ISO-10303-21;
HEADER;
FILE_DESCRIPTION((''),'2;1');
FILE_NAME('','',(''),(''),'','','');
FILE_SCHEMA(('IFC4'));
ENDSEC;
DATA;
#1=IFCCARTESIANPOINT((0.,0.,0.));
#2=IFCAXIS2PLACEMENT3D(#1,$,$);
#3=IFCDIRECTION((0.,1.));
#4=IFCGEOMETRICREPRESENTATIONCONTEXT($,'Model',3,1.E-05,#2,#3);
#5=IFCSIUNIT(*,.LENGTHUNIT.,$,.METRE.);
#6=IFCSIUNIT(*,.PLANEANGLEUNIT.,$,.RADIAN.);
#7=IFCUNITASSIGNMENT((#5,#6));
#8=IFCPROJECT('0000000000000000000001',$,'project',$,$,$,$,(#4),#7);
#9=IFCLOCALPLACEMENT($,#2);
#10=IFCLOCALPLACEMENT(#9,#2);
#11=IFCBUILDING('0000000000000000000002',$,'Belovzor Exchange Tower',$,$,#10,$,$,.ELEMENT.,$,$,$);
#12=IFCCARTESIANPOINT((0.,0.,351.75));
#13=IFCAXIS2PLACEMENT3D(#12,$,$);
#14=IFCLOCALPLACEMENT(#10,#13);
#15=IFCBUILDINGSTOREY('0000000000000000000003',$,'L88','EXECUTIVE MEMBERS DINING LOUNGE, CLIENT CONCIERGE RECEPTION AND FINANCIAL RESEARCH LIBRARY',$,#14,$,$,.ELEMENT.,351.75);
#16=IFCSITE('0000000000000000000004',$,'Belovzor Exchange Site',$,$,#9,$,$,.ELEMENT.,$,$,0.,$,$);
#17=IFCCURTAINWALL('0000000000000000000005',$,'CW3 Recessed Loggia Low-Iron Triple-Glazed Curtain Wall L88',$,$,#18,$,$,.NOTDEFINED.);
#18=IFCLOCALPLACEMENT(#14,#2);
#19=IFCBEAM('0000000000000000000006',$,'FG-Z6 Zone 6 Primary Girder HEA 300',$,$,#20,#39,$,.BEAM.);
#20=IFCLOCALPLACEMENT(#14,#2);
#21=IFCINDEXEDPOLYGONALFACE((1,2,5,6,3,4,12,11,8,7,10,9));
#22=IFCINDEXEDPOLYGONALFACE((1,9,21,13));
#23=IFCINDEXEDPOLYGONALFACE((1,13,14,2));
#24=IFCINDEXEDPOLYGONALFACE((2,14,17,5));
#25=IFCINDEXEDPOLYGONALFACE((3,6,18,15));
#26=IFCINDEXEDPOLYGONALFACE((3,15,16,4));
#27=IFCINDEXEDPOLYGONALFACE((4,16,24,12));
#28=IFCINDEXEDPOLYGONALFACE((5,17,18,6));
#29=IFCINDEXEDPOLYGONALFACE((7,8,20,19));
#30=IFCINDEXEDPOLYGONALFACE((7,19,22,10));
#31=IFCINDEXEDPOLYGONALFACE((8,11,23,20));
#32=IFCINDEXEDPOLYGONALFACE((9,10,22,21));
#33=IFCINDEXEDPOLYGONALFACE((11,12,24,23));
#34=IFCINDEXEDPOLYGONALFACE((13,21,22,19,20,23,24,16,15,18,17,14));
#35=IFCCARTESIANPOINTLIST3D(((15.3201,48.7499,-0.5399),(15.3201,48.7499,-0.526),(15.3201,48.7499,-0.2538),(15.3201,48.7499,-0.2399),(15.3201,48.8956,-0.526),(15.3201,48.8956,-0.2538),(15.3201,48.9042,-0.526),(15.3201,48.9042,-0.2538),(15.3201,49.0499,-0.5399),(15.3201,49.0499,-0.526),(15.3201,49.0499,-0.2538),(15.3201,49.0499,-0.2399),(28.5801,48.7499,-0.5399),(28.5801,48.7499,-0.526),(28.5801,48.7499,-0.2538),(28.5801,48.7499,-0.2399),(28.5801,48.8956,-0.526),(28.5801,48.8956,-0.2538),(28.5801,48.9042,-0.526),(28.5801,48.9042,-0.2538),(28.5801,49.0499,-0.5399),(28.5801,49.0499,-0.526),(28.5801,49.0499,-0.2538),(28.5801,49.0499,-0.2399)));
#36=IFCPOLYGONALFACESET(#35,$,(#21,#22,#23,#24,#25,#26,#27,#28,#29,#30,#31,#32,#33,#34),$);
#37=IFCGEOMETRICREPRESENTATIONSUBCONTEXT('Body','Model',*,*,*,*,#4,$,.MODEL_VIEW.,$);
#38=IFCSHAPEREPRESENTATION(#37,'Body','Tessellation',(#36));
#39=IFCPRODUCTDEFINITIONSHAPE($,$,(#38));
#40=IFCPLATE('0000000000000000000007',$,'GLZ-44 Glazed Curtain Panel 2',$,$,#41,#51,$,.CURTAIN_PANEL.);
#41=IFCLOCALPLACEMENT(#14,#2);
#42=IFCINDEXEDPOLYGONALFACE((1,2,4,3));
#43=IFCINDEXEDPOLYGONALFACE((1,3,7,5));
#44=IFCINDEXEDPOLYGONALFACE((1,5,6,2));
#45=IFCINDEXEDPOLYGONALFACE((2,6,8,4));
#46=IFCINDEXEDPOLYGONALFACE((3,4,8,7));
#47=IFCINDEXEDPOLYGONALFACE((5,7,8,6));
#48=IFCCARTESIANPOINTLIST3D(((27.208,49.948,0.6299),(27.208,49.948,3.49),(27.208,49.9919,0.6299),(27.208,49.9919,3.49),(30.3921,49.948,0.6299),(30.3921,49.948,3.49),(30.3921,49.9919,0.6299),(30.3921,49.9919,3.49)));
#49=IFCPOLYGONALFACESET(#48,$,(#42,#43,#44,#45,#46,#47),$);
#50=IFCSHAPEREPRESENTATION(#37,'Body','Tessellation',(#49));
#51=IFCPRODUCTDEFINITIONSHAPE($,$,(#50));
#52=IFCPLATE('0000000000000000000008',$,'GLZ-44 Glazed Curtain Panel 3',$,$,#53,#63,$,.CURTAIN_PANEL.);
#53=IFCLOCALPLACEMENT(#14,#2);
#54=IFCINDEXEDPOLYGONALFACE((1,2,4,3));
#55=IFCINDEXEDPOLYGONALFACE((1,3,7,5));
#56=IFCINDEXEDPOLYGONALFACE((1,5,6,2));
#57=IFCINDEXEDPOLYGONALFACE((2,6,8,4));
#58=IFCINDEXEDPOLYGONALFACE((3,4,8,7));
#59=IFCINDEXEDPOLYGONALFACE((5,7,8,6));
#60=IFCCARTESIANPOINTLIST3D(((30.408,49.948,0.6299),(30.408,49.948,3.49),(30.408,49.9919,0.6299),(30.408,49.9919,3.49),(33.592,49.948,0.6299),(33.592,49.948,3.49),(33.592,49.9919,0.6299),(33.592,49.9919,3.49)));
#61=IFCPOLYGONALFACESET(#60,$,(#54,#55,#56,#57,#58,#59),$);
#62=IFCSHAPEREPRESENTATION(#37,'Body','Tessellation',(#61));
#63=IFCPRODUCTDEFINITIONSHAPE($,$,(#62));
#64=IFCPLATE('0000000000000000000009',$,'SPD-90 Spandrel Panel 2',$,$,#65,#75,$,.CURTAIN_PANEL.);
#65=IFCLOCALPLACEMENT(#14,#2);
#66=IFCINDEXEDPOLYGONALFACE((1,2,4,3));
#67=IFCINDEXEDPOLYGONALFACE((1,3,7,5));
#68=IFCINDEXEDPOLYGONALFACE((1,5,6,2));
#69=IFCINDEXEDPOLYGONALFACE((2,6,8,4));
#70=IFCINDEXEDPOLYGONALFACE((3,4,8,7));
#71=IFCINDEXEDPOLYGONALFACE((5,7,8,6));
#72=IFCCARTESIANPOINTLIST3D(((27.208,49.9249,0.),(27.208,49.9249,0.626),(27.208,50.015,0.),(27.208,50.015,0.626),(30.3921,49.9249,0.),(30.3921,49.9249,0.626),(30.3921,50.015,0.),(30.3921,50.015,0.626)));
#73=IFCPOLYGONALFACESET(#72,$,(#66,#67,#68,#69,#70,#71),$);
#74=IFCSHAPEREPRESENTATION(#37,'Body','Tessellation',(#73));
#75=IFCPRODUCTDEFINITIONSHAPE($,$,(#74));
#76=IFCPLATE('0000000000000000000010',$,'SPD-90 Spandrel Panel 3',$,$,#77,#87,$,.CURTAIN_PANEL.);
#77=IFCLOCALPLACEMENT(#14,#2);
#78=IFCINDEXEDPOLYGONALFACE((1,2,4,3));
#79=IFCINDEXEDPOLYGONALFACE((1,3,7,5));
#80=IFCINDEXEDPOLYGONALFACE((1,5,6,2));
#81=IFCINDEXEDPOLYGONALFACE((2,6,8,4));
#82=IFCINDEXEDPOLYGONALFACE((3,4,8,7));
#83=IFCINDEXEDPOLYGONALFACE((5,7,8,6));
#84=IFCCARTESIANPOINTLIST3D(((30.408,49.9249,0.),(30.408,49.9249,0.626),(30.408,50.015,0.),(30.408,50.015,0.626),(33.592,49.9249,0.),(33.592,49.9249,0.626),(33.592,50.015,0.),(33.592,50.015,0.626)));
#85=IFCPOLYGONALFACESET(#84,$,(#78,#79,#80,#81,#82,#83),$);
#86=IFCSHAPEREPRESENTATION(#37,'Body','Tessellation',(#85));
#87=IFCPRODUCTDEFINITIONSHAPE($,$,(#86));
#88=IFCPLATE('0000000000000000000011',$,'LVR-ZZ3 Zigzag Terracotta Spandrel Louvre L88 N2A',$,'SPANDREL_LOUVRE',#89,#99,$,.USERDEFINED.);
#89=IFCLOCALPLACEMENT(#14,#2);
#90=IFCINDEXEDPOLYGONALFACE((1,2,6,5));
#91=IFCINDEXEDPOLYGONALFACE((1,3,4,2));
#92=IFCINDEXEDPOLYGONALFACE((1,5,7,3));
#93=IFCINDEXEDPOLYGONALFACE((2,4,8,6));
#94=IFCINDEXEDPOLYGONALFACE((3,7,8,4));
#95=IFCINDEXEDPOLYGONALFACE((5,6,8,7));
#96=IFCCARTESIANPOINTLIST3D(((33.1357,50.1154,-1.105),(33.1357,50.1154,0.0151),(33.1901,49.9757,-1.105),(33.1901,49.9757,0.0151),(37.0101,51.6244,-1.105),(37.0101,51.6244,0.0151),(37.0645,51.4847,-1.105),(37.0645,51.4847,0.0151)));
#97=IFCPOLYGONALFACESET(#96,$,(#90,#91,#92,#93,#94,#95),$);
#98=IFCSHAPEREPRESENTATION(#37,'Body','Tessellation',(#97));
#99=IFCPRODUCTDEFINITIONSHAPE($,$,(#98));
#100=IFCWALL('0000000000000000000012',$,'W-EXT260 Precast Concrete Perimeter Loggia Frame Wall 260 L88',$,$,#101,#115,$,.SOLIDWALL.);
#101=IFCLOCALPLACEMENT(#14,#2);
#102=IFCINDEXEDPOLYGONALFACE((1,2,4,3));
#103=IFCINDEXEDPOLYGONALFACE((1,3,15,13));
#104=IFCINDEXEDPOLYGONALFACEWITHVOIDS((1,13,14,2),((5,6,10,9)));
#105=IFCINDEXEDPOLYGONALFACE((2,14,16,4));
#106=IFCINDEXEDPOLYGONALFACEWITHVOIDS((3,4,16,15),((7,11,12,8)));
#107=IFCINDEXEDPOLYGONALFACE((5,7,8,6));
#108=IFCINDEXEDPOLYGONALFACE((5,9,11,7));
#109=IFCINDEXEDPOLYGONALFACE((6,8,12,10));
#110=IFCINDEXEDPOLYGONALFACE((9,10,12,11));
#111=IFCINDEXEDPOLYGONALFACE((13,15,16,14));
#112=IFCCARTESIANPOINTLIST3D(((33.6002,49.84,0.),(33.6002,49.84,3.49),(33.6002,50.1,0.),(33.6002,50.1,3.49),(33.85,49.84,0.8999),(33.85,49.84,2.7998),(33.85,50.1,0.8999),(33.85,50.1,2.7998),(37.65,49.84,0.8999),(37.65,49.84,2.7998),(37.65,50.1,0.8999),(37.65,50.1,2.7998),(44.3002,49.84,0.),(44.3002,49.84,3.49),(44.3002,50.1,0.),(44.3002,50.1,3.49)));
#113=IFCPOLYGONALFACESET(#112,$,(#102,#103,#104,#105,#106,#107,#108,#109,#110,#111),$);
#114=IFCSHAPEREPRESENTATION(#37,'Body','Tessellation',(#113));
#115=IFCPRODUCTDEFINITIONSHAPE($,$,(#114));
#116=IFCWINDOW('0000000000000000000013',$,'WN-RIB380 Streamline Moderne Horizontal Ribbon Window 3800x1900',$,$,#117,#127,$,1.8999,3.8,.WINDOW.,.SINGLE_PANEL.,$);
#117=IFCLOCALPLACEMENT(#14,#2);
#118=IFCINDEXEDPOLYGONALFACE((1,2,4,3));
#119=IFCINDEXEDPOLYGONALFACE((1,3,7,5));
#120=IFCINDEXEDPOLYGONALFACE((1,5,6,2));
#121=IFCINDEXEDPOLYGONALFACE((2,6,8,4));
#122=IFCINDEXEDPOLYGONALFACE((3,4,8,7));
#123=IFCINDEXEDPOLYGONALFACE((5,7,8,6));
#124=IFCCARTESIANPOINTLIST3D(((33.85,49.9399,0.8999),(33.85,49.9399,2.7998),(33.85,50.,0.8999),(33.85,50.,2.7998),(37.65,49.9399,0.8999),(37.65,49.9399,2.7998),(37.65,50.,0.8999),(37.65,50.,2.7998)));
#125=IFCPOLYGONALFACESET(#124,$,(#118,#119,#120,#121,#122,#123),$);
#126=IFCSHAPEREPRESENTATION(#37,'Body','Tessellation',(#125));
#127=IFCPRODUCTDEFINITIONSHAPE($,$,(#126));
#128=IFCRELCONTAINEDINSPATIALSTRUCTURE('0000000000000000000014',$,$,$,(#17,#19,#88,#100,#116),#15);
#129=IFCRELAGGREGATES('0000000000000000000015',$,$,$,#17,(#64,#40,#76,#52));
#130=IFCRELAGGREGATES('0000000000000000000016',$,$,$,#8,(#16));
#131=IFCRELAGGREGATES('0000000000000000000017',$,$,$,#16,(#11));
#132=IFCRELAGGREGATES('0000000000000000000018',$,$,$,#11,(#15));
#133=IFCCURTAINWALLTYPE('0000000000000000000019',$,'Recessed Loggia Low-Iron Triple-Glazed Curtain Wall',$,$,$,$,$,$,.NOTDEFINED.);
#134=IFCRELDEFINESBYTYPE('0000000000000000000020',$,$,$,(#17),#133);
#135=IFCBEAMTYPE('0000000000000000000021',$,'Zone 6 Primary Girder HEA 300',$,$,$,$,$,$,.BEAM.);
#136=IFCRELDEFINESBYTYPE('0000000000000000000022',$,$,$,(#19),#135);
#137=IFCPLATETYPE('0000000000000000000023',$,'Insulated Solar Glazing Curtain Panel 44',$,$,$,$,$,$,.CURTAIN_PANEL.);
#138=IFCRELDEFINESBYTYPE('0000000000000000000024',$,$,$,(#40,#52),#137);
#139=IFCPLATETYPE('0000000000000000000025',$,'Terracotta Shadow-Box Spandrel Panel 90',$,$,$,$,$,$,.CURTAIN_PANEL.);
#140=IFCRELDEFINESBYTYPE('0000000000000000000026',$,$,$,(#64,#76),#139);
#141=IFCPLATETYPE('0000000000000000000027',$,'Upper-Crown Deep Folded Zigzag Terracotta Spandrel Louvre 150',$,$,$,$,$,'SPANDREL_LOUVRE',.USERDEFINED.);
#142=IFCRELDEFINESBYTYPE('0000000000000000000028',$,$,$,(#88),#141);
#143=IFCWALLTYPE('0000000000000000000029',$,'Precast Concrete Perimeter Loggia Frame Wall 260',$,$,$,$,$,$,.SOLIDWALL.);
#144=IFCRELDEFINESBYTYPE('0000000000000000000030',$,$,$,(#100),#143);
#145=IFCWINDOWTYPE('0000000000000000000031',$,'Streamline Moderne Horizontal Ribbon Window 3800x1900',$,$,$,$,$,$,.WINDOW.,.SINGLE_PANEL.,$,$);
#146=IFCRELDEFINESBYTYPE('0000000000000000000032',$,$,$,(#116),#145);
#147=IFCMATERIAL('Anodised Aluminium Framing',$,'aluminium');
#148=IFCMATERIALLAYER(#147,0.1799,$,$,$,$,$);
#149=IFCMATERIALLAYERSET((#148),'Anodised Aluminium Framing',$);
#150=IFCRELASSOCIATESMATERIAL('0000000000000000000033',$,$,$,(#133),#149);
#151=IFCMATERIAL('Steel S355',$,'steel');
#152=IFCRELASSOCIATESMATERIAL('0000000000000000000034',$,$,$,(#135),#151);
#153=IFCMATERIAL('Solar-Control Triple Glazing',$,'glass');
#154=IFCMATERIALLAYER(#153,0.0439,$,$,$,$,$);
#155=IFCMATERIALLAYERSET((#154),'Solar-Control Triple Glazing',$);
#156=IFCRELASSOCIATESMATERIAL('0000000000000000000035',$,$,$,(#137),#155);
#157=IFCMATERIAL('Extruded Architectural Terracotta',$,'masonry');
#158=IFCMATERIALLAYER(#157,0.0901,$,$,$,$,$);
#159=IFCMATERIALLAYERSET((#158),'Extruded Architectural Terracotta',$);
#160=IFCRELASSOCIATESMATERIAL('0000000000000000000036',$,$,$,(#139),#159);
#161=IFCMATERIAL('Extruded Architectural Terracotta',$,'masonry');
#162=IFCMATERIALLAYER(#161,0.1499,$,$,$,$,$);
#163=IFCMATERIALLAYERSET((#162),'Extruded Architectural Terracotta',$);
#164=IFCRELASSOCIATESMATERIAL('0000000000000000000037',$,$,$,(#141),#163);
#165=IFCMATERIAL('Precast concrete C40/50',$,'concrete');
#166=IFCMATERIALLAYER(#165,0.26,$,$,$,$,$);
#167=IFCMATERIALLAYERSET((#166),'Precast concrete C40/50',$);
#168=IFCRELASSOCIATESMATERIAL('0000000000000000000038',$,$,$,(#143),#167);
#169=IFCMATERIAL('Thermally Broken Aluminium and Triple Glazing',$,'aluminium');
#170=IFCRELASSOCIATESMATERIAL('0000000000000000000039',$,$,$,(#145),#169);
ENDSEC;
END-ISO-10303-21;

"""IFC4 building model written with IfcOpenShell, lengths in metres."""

from ifc_helpers import new_model, si_unit, direction, frame, frame_2d, origin, origin_2d, place, context, subcontext, project, spatial, rectangle, i_section, extrude, material, layer, layer_set, material_profile, profile_set, type_object, element, fill, aggregate, save


model = new_model("IFC4")

# Units and contexts
model_context = context("Model", 3, precision=1e-05, world=origin(), true_north=direction((0.0, 1.0)))
body_context = subcontext(model_context, "Body", "Model", "MODEL_VIEW")
ifc_project = project(units=[si_unit("LENGTHUNIT", "METRE"), si_unit("PLANEANGLEUNIT", "RADIAN")], contexts=[model_context])

# Site, building, storey
site_placement = place(None, origin())
site = spatial("IfcSite", under=ifc_project, at=site_placement, Name="Belovzor Exchange Site", CompositionType="ELEMENT", RefElevation=0.0)
building_placement = place(site_placement, origin())
building = spatial("IfcBuilding", under=site, at=building_placement, Name="Belovzor Exchange Tower", CompositionType="ELEMENT")
storey_placement = place(building_placement, frame((0.0, 0.0, 351.75)))
storey = spatial("IfcBuildingStorey", under=building, at=storey_placement, Name="L88", Description="EXECUTIVE MEMBERS DINING LOUNGE, CLIENT CONCIERGE RECEPTION AND FINANCIAL RESEARCH LIBRARY", CompositionType="ELEMENT", Elevation=351.75)

# Curtain wall
ifc_material_1 = material(Name="Anodised Aluminium Framing", Category="aluminium")
ifc_layer_1 = layer(ifc_material_1, 0.1799)
ifc_layer_set_1 = layer_set([ifc_layer_1], Name="Anodised Aluminium Framing")
curtain_wall_type = type_object("IfcCurtainWallType", Name="Recessed Loggia Low-Iron Triple-Glazed Curtain Wall", PredefinedType="NOTDEFINED", material=ifc_layer_set_1)
curtain_wall_placement = place(storey_placement, origin())
curtain_wall = element("IfcCurtainWall", 1, at=curtain_wall_placement, inside=storey, type_object=curtain_wall_type, Name="CW3 Recessed Loggia Low-Iron Triple-Glazed Curtain Wall L88", PredefinedType="NOTDEFINED")

# Beam
ifc_material_2 = material(Name="Steel S355", Category="steel")
ifc_material_profile_1 = material_profile(ifc_material_2, i_section(OverallWidth=0.3, OverallDepth=0.3, WebThickness=0.0085, FlangeThickness=0.0139, at=origin_2d()))
ifc_profile_set_1 = profile_set([ifc_material_profile_1], Name="Steel S355")
beam_type_1 = type_object("IfcBeamType", Name="Zone 6 Primary Girder HEA 300", PredefinedType="BEAM", material=ifc_profile_set_1)
beam_1_placement = place(storey_placement, frame((28.5801, 48.8999, -0.3899), z_axis=(-1.0, 0.0, 0.0), x_axis=(0.0, -1.0, 0.0)))
element("IfcBeam", 2, at=beam_1_placement, inside=storey, type_object=beam_type_1, Name="FG-Z6 Zone 6 Primary Girder HEA 300", PredefinedType="BEAM", context=body_context, shape_type="SweptSolid", body=[
    extrude(i_section(OverallWidth=0.3, OverallDepth=0.3, WebThickness=0.0085, FlangeThickness=0.0139, at=origin_2d()), origin(), (0.0, 0.0, 1.0), 13.26),
])

# Plates
ifc_material_3 = material(Name="Solar-Control Triple Glazing", Category="glass")
ifc_layer_2 = layer(ifc_material_3, 0.0439)
ifc_layer_set_2 = layer_set([ifc_layer_2], Name="Solar-Control Triple Glazing")
plate_type_1 = type_object("IfcPlateType", Name="Insulated Solar Glazing Curtain Panel 44", PredefinedType="CURTAIN_PANEL", material=ifc_layer_set_2)
plate_1_placement = place(storey_placement, frame((28.8, 49.97, 0.6299), z_axis=(0.0, 0.0, 1.0), x_axis=(1.0, 0.0, 0.0)))
plate_1 = element("IfcPlate", 3, at=plate_1_placement, type_object=plate_type_1, Name="GLZ-44 Glazed Curtain Panel 2", PredefinedType="CURTAIN_PANEL", context=body_context, shape_type="SweptSolid", body=[
    extrude(rectangle(XDim=3.1841, YDim=0.0439, at=origin_2d()), origin(), (0.0, 0.0, 1.0), 2.8601),
])
plate_2_placement = place(storey_placement, frame((32.0, 49.97, 0.6299), z_axis=(0.0, 0.0, 1.0), x_axis=(1.0, 0.0, 0.0)))
plate_2 = element("IfcPlate", 4, at=plate_2_placement, type_object=plate_type_1, Name="GLZ-44 Glazed Curtain Panel 3", PredefinedType="CURTAIN_PANEL", context=body_context, shape_type="SweptSolid", body=[
    extrude(rectangle(XDim=3.1841, YDim=0.0439, at=origin_2d()), origin(), (0.0, 0.0, 1.0), 2.8601),
])
ifc_material_4 = material(Name="Extruded Architectural Terracotta", Category="masonry")
ifc_layer_3 = layer(ifc_material_4, 0.0901)
ifc_layer_set_3 = layer_set([ifc_layer_3], Name="Extruded Architectural Terracotta")
plate_type_2 = type_object("IfcPlateType", Name="Terracotta Shadow-Box Spandrel Panel 90", PredefinedType="CURTAIN_PANEL", material=ifc_layer_set_3)
plate_3_placement = place(storey_placement, frame((28.8, 49.97, 0.0), z_axis=(0.0, 0.0, 1.0), x_axis=(1.0, 0.0, 0.0)))
plate_3 = element("IfcPlate", 5, at=plate_3_placement, type_object=plate_type_2, Name="SPD-90 Spandrel Panel 2", PredefinedType="CURTAIN_PANEL", context=body_context, shape_type="SweptSolid", body=[
    extrude(rectangle(XDim=3.1841, YDim=0.0901, at=origin_2d()), origin(), (0.0, 0.0, 1.0), 0.626),
])
plate_4_placement = place(storey_placement, frame((32.0, 49.97, 0.0), z_axis=(0.0, 0.0, 1.0), x_axis=(1.0, 0.0, 0.0)))
plate_4 = element("IfcPlate", 6, at=plate_4_placement, type_object=plate_type_2, Name="SPD-90 Spandrel Panel 3", PredefinedType="CURTAIN_PANEL", context=body_context, shape_type="SweptSolid", body=[
    extrude(rectangle(XDim=3.1841, YDim=0.0901, at=origin_2d()), origin(), (0.0, 0.0, 1.0), 0.626),
])
aggregate(curtain_wall, [plate_3, plate_1, plate_4, plate_2])
ifc_material_5 = material(Name="Extruded Architectural Terracotta", Category="masonry")
ifc_layer_4 = layer(ifc_material_5, 0.1499)
ifc_layer_set_4 = layer_set([ifc_layer_4], Name="Extruded Architectural Terracotta")
plate_type_3 = type_object("IfcPlateType", Name="Upper-Crown Deep Folded Zigzag Terracotta Spandrel Louvre 150", ElementType="SPANDREL_LOUVRE", PredefinedType="USERDEFINED", material=ifc_layer_set_4)
plate_5_placement = place(storey_placement, frame((35.1001, 50.8, -1.105), z_axis=(0.0, 0.0, 1.0), x_axis=(0.931818, 0.362926, 0.0)))
element("IfcPlate", 7, at=plate_5_placement, inside=storey, type_object=plate_type_3, Name="LVR-ZZ3 Zigzag Terracotta Spandrel Louvre L88 N2A", ObjectType="SPANDREL_LOUVRE", PredefinedType="USERDEFINED", context=body_context, shape_type="SweptSolid", body=[
    extrude(rectangle(XDim=4.158, YDim=0.1499, at=origin_2d()), origin(), (0.0, 0.0, 1.0), 1.1201),
])

# Wall, opening, window
ifc_material_6 = material(Name="Precast concrete C40/50", Category="concrete")
ifc_layer_5 = layer(ifc_material_6, 0.26)
ifc_layer_set_5 = layer_set([ifc_layer_5], Name="Precast concrete C40/50")
wall_type = type_object("IfcWallType", Name="Precast Concrete Perimeter Loggia Frame Wall 260", PredefinedType="SOLIDWALL", material=ifc_layer_set_5)
wall_placement = place(storey_placement, frame((33.6001, 49.97, 0.0), z_axis=(0.0, 0.0, 1.0), x_axis=(1.0, 0.0, 0.0)))
wall = element("IfcWall", 8, at=wall_placement, inside=storey, type_object=wall_type, Name="W-EXT260 Precast Concrete Perimeter Loggia Frame Wall 260 L88", PredefinedType="SOLIDWALL", context=body_context, shape_type="SweptSolid", body=[
    extrude(rectangle(XDim=10.7, YDim=0.26, at=frame_2d((5.3501, 0.0))), origin(), (0.0, 0.0, 1.0), 3.49),
])
opening_placement = place(wall_placement, frame((0.25, 0.0, 0.8999)))
opening = element("IfcOpeningElement", 9, at=opening_placement, cuts=wall, PredefinedType="OPENING", context=body_context, shape_type="SweptSolid", body=[
    extrude(rectangle(XDim=3.8, YDim=1.8999, at=frame_2d((1.8999, 0.95))), frame((0.0, 0.1399, 0.0), z_axis=(0.0, -1.0, 0.0), x_axis=(1.0, 0.0, 0.0)), (0.0, 0.0, 1.0), 0.28),
])
ifc_material_7 = material(Name="Thermally Broken Aluminium and Triple Glazing", Category="aluminium")
window_type = type_object("IfcWindowType", Name="Streamline Moderne Horizontal Ribbon Window 3800x1900", PartitioningType="SINGLE_PANEL", PredefinedType="WINDOW", material=ifc_material_7)
window_placement = place(opening_placement, origin())
window = element("IfcWindow", 10, at=window_placement, inside=storey, type_object=window_type, Name="WN-RIB380 Streamline Moderne Horizontal Ribbon Window 3800x1900", OverallHeight=1.8999, OverallWidth=3.8, PartitioningType="SINGLE_PANEL", PredefinedType="WINDOW", context=body_context, shape_type="SweptSolid", body=[
    extrude(rectangle(XDim=3.8, YDim=1.8999, at=frame_2d((1.8999, 0.95))), frame((0.0, 0.03, 0.0), z_axis=(0.0, -1.0, 0.0), x_axis=(1.0, 0.0, 0.0)), (0.0, 0.0, 1.0), 0.0601),
])
fill(opening, window)

save(model, "model.ifc")
